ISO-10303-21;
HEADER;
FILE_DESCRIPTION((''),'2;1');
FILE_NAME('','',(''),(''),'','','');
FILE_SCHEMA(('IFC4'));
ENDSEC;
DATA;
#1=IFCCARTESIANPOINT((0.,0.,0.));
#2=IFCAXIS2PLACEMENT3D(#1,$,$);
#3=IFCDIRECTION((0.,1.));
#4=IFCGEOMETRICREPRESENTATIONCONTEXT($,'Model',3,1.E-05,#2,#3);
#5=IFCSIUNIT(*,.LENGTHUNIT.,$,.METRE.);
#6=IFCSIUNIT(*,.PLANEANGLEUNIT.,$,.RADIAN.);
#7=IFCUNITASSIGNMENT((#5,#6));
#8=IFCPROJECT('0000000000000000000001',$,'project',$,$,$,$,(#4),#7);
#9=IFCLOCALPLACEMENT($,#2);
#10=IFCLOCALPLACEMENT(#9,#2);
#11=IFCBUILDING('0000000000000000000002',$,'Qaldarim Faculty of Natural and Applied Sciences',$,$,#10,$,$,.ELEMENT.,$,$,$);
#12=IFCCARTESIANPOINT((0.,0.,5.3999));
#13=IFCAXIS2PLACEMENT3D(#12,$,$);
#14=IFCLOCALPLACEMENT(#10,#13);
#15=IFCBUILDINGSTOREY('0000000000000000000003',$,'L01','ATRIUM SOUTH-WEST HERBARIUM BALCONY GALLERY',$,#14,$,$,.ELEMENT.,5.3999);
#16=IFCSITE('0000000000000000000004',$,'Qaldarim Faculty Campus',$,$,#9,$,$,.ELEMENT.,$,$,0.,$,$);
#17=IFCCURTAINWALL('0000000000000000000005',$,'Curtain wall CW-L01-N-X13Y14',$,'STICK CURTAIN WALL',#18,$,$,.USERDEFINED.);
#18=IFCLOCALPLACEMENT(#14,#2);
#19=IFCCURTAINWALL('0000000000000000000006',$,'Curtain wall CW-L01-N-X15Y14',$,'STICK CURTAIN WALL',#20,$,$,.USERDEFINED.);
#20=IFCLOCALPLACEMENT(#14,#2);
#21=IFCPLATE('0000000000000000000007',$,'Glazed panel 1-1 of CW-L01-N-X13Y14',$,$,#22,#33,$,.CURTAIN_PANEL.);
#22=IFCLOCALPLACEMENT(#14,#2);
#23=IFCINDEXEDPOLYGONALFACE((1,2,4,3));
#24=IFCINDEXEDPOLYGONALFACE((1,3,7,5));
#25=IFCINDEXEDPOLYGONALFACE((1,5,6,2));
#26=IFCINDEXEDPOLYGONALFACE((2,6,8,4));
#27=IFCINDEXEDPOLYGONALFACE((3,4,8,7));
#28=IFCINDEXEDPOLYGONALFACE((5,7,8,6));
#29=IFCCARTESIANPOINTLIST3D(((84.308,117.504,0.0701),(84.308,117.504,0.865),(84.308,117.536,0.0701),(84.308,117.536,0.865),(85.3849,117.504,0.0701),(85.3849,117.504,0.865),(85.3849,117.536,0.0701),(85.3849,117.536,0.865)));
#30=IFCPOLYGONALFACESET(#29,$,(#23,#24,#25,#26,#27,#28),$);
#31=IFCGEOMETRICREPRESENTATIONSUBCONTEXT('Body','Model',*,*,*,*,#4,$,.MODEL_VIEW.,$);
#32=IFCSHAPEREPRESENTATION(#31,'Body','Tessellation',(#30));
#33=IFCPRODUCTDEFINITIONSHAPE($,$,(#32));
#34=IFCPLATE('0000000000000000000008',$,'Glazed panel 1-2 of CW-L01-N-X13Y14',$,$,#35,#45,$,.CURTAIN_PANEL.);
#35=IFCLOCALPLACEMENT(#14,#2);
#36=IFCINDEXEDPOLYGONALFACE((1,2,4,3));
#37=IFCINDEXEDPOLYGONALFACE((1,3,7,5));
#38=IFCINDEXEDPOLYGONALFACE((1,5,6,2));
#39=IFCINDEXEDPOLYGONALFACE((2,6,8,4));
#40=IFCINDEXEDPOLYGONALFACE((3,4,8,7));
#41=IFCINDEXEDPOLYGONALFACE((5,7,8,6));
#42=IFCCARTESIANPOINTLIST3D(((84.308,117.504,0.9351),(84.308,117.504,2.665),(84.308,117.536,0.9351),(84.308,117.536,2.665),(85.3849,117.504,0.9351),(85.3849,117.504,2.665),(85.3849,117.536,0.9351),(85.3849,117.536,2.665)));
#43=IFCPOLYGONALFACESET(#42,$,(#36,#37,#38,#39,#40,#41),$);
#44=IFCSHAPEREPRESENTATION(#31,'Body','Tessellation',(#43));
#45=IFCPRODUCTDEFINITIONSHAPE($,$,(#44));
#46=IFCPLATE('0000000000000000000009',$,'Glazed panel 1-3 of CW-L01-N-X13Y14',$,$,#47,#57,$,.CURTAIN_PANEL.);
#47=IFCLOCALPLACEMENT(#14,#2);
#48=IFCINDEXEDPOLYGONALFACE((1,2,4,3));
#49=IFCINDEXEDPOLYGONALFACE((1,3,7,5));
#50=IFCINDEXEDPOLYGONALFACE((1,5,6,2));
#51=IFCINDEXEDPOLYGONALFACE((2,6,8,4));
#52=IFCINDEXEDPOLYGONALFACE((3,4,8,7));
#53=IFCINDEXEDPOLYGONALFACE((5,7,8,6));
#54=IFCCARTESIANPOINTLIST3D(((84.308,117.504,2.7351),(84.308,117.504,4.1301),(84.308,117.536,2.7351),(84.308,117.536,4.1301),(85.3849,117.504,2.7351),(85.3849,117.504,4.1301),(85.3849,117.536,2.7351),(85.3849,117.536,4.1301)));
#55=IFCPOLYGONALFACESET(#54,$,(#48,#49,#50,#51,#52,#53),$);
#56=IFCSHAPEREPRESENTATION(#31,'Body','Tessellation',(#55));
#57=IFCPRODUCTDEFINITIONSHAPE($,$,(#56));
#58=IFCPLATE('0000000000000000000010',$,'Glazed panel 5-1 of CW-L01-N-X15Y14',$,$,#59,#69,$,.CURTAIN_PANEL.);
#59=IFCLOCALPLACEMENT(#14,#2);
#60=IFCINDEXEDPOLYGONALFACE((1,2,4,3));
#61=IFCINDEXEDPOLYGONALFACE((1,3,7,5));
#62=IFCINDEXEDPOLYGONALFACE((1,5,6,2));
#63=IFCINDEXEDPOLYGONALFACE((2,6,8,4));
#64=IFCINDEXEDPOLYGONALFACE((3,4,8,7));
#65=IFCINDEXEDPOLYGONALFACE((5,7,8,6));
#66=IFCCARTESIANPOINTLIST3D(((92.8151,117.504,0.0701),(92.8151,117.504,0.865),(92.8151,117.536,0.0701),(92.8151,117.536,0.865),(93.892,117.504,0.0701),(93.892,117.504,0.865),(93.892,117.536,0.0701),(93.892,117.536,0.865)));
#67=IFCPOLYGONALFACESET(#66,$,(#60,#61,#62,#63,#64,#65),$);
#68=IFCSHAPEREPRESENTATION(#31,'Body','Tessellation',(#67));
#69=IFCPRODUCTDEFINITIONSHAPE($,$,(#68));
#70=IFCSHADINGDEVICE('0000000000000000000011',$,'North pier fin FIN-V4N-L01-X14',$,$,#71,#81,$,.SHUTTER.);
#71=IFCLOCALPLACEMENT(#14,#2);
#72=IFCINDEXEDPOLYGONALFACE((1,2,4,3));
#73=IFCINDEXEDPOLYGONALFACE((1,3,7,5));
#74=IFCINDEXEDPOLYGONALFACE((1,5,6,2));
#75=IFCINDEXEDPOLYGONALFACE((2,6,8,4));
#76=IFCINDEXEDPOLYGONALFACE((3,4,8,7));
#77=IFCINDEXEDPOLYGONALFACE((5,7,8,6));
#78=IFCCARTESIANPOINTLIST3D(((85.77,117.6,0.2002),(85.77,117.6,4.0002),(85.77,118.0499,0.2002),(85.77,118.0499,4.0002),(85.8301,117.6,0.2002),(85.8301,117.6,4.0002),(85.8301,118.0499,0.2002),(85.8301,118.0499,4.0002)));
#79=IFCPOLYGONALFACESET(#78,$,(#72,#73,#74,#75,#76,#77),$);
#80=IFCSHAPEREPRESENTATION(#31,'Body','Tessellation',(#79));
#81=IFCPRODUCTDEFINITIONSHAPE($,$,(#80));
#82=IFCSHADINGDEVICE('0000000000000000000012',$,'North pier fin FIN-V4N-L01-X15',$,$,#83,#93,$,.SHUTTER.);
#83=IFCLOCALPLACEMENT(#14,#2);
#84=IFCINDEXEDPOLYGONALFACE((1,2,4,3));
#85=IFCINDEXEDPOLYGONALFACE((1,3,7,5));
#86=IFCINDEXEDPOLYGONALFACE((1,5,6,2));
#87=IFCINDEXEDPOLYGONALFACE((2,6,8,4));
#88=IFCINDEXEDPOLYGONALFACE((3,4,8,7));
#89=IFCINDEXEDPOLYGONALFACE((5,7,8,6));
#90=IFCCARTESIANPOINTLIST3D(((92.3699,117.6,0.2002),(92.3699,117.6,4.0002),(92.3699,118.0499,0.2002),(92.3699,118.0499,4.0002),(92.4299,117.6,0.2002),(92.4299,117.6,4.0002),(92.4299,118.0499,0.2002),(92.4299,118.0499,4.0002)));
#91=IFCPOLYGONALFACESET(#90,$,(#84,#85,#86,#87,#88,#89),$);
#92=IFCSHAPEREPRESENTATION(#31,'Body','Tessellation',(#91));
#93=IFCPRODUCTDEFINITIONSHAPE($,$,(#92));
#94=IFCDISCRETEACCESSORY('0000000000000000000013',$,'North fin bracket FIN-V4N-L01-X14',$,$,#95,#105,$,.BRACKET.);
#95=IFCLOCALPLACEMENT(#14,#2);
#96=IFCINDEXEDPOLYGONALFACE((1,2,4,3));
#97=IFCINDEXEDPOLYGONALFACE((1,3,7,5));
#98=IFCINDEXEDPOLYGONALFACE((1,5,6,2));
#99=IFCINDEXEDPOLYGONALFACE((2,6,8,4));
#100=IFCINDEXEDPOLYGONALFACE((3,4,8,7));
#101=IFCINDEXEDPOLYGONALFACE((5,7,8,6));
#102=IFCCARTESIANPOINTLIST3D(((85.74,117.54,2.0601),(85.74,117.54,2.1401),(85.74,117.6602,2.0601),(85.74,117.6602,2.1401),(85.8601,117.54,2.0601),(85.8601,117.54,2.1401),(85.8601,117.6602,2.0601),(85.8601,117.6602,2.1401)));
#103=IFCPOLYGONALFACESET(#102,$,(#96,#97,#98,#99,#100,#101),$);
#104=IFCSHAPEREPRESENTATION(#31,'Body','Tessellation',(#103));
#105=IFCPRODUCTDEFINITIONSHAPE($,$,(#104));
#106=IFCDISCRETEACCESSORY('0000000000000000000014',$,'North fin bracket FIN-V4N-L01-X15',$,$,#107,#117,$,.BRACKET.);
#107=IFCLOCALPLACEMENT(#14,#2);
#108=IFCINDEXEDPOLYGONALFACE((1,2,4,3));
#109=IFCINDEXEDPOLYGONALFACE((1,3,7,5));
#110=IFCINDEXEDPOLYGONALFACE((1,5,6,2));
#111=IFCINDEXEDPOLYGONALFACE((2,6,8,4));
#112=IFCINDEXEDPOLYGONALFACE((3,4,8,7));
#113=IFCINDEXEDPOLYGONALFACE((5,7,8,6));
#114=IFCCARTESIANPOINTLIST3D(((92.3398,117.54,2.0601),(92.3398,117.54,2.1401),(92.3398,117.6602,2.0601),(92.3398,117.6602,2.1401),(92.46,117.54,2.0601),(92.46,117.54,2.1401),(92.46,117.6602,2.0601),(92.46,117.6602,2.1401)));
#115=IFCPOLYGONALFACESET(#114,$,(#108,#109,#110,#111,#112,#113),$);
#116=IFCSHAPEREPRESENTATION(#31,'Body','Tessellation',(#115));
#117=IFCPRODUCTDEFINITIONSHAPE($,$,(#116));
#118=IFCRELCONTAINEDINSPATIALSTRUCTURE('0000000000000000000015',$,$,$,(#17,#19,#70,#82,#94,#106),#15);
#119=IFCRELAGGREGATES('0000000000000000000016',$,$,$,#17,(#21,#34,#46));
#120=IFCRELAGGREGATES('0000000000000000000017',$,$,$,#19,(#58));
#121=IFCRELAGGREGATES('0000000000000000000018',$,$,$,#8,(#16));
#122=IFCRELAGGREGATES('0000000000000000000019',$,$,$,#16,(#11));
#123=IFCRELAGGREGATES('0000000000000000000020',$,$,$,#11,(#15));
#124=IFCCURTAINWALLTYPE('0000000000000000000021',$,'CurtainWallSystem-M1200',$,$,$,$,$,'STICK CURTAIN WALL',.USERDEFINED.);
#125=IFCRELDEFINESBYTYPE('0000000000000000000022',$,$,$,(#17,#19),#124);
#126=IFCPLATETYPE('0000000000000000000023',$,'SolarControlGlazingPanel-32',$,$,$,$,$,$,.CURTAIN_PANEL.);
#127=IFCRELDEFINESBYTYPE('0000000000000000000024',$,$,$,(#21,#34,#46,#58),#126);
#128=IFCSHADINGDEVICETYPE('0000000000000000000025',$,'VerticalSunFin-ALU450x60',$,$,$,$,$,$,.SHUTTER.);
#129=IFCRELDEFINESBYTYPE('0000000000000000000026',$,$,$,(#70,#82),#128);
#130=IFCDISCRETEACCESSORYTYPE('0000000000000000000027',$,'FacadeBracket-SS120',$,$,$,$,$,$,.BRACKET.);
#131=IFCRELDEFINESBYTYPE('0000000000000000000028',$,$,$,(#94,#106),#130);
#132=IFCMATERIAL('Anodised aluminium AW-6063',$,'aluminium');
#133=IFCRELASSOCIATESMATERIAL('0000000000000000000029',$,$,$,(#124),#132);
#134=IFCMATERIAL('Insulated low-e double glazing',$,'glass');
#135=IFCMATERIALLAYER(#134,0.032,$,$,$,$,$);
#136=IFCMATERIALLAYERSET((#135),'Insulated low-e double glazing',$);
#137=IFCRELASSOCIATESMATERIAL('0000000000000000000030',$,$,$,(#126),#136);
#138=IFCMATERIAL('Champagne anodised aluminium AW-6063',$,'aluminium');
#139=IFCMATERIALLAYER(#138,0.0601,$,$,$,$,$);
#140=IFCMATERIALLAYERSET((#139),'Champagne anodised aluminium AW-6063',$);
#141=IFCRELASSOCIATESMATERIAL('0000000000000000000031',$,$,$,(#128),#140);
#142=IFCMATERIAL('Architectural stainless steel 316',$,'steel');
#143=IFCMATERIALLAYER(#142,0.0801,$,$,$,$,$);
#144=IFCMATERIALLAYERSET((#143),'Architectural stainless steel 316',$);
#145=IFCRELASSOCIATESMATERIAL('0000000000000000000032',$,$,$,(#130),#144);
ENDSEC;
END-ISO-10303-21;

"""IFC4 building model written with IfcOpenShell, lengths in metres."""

from ifc_helpers import new_model, si_unit, direction, frame, origin, origin_2d, place, context, subcontext, project, spatial, rectangle, extrude, material, layer, layer_set, type_object, element, aggregate, save


model = new_model("IFC4")

# Units and contexts
model_context = context("Model", 3, precision=1e-05, world=origin(), true_north=direction((0.0, 1.0)))
body_context = subcontext(model_context, "Body", "Model", "MODEL_VIEW")
ifc_project = project(units=[si_unit("LENGTHUNIT", "METRE"), si_unit("PLANEANGLEUNIT", "RADIAN")], contexts=[model_context])

# Site, building, storey
site_placement = place(None, origin())
site = spatial("IfcSite", under=ifc_project, at=site_placement, Name="Qaldarim Faculty Campus", CompositionType="ELEMENT", RefElevation=0.0)
building_placement = place(site_placement, origin())
building = spatial("IfcBuilding", under=site, at=building_placement, Name="Qaldarim Faculty of Natural and Applied Sciences", CompositionType="ELEMENT")
storey_placement = place(building_placement, frame((0.0, 0.0, 5.3999)))
storey = spatial("IfcBuildingStorey", under=building, at=storey_placement, Name="L01", Description="ATRIUM SOUTH-WEST HERBARIUM BALCONY GALLERY", CompositionType="ELEMENT", Elevation=5.3999)

# Curtain wall
ifc_material_1 = material(Name="Anodised aluminium AW-6063", Category="aluminium")
curtain_wall_type = type_object("IfcCurtainWallType", Name="CurtainWallSystem-M1200", ElementType="STICK CURTAIN WALL", PredefinedType="USERDEFINED", material=ifc_material_1)
curtain_wall_1_placement = place(storey_placement, origin())
curtain_wall_1 = element("IfcCurtainWall", 1, at=curtain_wall_1_placement, inside=storey, type_object=curtain_wall_type, Name="Curtain wall CW-L01-N-X13Y14", ObjectType="STICK CURTAIN WALL", PredefinedType="USERDEFINED")

# Curtain wall
curtain_wall_2_placement = place(storey_placement, origin())
curtain_wall_2 = element("IfcCurtainWall", 2, at=curtain_wall_2_placement, inside=storey, type_object=curtain_wall_type, Name="Curtain wall CW-L01-N-X15Y14", ObjectType="STICK CURTAIN WALL", PredefinedType="USERDEFINED")

# Plates
ifc_material_2 = material(Name="Insulated low-e double glazing", Category="glass")
ifc_layer_1 = layer(ifc_material_2, 0.032)
ifc_layer_set_1 = layer_set([ifc_layer_1], Name="Insulated low-e double glazing")
plate_type = type_object("IfcPlateType", Name="SolarControlGlazingPanel-32", PredefinedType="CURTAIN_PANEL", material=ifc_layer_set_1)
plate_1_placement = place(storey_placement, frame((84.8464, 117.52, 0.0701), z_axis=(0.0, 0.0, 1.0), x_axis=(-1.0, 0.0, 0.0)))
plate_1 = element("IfcPlate", 3, at=plate_1_placement, type_object=plate_type, Name="Glazed panel 1-1 of CW-L01-N-X13Y14", PredefinedType="CURTAIN_PANEL", context=body_context, shape_type="SweptSolid", body=[
    extrude(rectangle(XDim=1.0769, YDim=0.032, at=origin_2d()), origin(), (0.0, 0.0, 1.0), 0.7949),
])
plate_2_placement = place(storey_placement, frame((84.8464, 117.52, 0.9351), z_axis=(0.0, 0.0, 1.0), x_axis=(-1.0, 0.0, 0.0)))
plate_2 = element("IfcPlate", 4, at=plate_2_placement, type_object=plate_type, Name="Glazed panel 1-2 of CW-L01-N-X13Y14", PredefinedType="CURTAIN_PANEL", context=body_context, shape_type="SweptSolid", body=[
    extrude(rectangle(XDim=1.0769, YDim=0.032, at=origin_2d()), origin(), (0.0, 0.0, 1.0), 1.73),
])
plate_3_placement = place(storey_placement, frame((84.8464, 117.52, 2.7351), z_axis=(0.0, 0.0, 1.0), x_axis=(-1.0, 0.0, 0.0)))
plate_3 = element("IfcPlate", 5, at=plate_3_placement, type_object=plate_type, Name="Glazed panel 1-3 of CW-L01-N-X13Y14", PredefinedType="CURTAIN_PANEL", context=body_context, shape_type="SweptSolid", body=[
    extrude(rectangle(XDim=1.0769, YDim=0.032, at=origin_2d()), origin(), (0.0, 0.0, 1.0), 1.395),
])
aggregate(curtain_wall_1, [plate_1, plate_2, plate_3])
plate_4_placement = place(storey_placement, frame((93.3535, 117.52, 0.0701), z_axis=(0.0, 0.0, 1.0), x_axis=(-1.0, 0.0, 0.0)))
plate_4 = element("IfcPlate", 6, at=plate_4_placement, type_object=plate_type, Name="Glazed panel 5-1 of CW-L01-N-X15Y14", PredefinedType="CURTAIN_PANEL", context=body_context, shape_type="SweptSolid", body=[
    extrude(rectangle(XDim=1.0769, YDim=0.032, at=origin_2d()), origin(), (0.0, 0.0, 1.0), 0.7949),
])
aggregate(curtain_wall_2, [plate_4])

# Shading devices
ifc_material_3 = material(Name="Champagne anodised aluminium AW-6063", Category="aluminium")
ifc_layer_2 = layer(ifc_material_3, 0.0601)
ifc_layer_set_2 = layer_set([ifc_layer_2], Name="Champagne anodised aluminium AW-6063")
shading_device_type = type_object("IfcShadingDeviceType", Name="VerticalSunFin-ALU450x60", PredefinedType="SHUTTER", material=ifc_layer_set_2)
for number, where, z_axis, x_axis, name in (
    (7, (85.8, 117.825, 0.2002), (0.0, 0.0, 1.0), (1.0, 0.0, 0.0), "North pier fin FIN-V4N-L01-X14"),
    (8, (92.3999, 117.825, 0.2002), (0.0, 0.0, 1.0), (1.0, 0.0, 0.0), "North pier fin FIN-V4N-L01-X15"),
):
    element("IfcShadingDevice", number, at=place(storey_placement, frame(where, z_axis=z_axis, x_axis=x_axis)), inside=storey, type_object=shading_device_type, Name=name, PredefinedType="SHUTTER", context=body_context, shape_type="SweptSolid", body=[
        extrude(rectangle(XDim=0.0601, YDim=0.45, at=origin_2d()), origin(), (0.0, 0.0, 1.0), 3.8),
    ])

# Discrete accessories
ifc_material_4 = material(Name="Architectural stainless steel 316", Category="steel")
ifc_layer_3 = layer(ifc_material_4, 0.0801)
ifc_layer_set_3 = layer_set([ifc_layer_3], Name="Architectural stainless steel 316")
discrete_accessory_type = type_object("IfcDiscreteAccessoryType", Name="FacadeBracket-SS120", PredefinedType="BRACKET", material=ifc_layer_set_3)
for number, where, z_axis, x_axis, name in (
    (9, (85.8, 117.6001, 2.0601), (0.0, 0.0, 1.0), (1.0, 0.0, 0.0), "North fin bracket FIN-V4N-L01-X14"),
    (10, (92.3999, 117.6001, 2.0601), (0.0, 0.0, 1.0), (1.0, 0.0, 0.0), "North fin bracket FIN-V4N-L01-X15"),
):
    element("IfcDiscreteAccessory", number, at=place(storey_placement, frame(where, z_axis=z_axis, x_axis=x_axis)), inside=storey, type_object=discrete_accessory_type, Name=name, PredefinedType="BRACKET", context=body_context, shape_type="SweptSolid", body=[
        extrude(rectangle(XDim=0.1201, YDim=0.1201, at=origin_2d()), origin(), (0.0, 0.0, 1.0), 0.0801),
    ])

save(model, "model.ifc")
